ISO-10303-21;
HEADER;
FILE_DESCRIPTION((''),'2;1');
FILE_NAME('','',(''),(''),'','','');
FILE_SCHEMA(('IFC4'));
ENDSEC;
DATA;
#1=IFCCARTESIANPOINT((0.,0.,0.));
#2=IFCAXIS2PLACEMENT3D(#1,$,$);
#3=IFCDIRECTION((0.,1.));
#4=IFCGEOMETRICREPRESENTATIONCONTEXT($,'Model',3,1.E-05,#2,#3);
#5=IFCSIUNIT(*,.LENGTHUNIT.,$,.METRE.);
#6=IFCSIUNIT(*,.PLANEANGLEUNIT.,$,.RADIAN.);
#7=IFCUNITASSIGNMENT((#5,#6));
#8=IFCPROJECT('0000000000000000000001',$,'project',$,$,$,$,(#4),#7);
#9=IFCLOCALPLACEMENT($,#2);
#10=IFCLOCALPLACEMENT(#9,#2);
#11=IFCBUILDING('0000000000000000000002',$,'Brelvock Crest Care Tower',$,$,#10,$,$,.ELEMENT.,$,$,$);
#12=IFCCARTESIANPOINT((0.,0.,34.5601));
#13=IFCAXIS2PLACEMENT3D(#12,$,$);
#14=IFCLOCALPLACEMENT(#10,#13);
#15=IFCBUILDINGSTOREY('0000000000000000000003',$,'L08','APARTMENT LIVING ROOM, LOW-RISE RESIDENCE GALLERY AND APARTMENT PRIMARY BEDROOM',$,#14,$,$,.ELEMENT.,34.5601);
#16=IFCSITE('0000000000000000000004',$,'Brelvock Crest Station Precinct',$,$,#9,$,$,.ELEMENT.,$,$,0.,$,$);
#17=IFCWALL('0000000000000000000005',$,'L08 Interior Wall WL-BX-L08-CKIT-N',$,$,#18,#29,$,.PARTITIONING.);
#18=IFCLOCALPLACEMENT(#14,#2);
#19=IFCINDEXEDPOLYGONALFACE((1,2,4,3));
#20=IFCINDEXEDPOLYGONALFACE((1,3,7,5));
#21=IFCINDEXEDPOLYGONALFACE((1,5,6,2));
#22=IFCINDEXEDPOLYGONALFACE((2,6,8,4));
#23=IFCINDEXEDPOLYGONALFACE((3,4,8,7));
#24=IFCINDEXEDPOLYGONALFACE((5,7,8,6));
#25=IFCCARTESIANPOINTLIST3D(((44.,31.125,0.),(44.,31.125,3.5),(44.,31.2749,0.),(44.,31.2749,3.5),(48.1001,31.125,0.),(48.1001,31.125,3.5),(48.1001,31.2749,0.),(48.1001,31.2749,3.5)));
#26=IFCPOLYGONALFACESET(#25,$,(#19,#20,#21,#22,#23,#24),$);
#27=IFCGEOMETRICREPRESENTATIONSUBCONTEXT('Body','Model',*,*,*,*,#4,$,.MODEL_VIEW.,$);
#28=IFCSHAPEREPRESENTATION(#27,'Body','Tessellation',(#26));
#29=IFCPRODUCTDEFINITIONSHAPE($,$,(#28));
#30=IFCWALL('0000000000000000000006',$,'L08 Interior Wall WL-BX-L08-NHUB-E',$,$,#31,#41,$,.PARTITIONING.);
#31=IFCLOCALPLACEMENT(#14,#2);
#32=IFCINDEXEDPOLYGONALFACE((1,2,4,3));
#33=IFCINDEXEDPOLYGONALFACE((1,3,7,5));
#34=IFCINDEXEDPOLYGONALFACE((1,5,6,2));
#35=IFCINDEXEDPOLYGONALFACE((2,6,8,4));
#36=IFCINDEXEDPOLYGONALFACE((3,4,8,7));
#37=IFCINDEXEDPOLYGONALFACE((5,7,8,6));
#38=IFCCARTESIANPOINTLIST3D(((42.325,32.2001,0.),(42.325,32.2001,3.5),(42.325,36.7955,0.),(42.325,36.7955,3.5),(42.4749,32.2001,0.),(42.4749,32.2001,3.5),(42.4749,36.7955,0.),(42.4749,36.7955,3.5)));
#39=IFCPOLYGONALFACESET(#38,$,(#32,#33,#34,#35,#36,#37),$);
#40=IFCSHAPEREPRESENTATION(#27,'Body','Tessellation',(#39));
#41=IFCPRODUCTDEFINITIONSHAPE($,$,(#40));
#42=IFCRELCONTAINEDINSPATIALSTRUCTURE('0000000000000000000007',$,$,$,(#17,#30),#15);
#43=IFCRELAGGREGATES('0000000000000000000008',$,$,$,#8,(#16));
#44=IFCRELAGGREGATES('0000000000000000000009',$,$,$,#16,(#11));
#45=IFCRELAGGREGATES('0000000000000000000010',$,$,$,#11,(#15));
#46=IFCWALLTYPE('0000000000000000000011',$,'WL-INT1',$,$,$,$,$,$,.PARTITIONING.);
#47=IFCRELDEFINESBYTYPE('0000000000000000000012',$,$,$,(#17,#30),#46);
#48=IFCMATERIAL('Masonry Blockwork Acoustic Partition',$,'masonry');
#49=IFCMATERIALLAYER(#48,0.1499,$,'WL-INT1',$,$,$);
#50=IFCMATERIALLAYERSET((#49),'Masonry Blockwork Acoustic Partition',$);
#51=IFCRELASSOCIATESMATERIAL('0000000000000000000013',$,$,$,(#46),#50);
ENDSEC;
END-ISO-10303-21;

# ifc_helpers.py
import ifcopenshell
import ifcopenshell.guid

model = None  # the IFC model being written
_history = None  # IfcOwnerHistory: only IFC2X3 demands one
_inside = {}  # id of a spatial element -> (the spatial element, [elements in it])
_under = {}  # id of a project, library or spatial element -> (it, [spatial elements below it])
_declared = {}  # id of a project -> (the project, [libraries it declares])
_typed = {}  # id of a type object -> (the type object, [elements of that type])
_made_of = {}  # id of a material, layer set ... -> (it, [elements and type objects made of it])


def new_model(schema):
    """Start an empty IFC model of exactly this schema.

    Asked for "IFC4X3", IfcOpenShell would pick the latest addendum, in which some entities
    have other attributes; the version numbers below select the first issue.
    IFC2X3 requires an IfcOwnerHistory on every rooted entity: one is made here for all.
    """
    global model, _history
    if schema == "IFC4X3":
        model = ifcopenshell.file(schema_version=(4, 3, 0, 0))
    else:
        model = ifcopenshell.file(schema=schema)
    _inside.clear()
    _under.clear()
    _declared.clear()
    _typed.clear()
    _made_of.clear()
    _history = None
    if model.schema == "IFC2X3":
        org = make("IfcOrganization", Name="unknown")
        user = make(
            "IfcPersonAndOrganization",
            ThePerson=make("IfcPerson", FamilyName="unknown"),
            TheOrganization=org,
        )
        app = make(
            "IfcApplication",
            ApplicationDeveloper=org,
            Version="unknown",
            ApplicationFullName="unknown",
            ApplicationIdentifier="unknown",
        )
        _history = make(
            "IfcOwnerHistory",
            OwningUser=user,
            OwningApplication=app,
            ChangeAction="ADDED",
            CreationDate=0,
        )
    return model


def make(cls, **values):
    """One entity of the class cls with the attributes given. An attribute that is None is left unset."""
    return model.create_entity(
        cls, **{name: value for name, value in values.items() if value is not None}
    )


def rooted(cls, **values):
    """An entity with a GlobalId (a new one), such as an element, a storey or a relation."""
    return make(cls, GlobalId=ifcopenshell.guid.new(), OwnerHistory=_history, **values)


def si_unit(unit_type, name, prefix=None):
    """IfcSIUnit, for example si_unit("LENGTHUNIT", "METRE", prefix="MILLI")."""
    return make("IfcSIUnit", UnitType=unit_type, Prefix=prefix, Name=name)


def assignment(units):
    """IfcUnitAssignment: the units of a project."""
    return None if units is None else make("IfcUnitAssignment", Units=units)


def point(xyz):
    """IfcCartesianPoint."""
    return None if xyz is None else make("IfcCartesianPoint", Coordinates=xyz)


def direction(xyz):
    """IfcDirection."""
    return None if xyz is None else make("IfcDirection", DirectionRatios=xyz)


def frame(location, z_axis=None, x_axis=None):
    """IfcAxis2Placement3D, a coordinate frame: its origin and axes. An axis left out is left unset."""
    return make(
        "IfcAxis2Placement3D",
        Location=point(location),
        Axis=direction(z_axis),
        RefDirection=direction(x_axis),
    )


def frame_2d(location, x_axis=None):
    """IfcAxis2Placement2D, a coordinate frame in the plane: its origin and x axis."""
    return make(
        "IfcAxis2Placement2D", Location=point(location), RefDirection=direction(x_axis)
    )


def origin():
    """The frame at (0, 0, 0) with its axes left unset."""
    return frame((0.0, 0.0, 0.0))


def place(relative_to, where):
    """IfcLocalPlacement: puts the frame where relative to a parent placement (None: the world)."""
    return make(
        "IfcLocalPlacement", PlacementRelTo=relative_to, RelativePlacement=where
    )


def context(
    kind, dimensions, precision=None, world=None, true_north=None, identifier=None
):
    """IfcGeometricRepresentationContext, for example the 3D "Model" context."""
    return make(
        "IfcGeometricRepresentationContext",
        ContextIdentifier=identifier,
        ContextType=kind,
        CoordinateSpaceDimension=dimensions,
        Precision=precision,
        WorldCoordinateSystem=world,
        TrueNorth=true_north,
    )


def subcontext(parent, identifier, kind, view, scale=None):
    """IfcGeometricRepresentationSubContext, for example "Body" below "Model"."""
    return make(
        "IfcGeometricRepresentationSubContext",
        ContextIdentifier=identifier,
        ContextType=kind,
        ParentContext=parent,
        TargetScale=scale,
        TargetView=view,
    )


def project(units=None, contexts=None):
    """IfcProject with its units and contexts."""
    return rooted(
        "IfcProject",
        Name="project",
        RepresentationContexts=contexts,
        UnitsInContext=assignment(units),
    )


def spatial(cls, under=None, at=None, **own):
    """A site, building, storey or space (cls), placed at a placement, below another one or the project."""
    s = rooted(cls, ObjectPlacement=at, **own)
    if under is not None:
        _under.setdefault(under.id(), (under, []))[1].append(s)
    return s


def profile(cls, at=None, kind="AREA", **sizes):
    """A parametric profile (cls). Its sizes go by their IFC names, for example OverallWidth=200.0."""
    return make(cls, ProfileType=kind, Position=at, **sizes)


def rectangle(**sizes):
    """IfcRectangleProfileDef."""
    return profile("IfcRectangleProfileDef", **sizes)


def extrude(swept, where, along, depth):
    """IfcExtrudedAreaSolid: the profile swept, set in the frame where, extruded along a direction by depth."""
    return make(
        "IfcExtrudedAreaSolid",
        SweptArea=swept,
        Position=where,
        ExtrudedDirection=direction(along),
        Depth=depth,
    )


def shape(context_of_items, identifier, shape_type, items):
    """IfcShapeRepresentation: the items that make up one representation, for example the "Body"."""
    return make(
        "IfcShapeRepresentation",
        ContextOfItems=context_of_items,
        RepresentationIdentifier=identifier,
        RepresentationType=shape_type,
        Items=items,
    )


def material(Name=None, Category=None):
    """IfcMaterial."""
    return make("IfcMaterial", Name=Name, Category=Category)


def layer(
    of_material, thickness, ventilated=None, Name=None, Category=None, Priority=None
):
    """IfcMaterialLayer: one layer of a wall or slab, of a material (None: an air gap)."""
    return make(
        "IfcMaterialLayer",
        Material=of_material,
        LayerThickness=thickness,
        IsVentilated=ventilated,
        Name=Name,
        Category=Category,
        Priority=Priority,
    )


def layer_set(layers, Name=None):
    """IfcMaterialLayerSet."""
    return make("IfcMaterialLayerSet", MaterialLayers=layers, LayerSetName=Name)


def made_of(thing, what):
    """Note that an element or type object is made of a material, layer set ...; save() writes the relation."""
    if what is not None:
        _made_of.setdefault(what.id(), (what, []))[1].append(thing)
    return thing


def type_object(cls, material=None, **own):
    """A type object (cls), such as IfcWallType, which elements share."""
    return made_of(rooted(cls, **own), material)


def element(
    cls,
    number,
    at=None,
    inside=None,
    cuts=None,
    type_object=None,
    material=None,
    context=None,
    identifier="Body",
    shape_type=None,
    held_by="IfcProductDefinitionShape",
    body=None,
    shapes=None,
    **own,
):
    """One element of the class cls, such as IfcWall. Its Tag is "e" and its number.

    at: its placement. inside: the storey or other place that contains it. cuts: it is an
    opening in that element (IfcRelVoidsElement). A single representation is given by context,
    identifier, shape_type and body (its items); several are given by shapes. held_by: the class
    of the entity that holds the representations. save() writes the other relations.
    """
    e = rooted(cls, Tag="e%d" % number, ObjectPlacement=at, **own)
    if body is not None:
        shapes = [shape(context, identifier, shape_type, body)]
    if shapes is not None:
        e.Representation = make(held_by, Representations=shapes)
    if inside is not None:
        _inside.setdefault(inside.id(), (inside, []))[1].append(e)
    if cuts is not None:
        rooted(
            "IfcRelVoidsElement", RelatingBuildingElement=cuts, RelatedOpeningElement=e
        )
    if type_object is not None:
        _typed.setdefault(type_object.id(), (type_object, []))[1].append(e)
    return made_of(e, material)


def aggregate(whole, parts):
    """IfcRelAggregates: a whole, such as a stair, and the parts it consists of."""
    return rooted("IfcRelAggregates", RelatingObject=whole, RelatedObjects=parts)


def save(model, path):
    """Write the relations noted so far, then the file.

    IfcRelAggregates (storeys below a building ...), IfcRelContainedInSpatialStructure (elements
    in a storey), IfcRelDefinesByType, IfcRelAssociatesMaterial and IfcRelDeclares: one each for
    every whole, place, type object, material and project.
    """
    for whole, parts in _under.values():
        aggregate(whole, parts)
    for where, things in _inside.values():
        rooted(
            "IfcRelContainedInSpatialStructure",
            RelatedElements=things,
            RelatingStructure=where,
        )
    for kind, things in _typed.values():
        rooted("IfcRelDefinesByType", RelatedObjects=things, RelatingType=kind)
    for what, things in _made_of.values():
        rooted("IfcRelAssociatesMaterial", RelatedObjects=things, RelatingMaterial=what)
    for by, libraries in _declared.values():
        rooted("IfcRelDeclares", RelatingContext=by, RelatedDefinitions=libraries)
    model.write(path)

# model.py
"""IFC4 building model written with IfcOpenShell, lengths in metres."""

from ifc_helpers import new_model, si_unit, direction, frame, frame_2d, origin, place, context, subcontext, project, spatial, rectangle, extrude, material, layer, layer_set, type_object, element, save


model = new_model("IFC4")

# Units and contexts
model_context = context("Model", 3, precision=1e-05, world=origin(), true_north=direction((0.0, 1.0)))
body_context = subcontext(model_context, "Body", "Model", "MODEL_VIEW")
ifc_project = project(units=[si_unit("LENGTHUNIT", "METRE"), si_unit("PLANEANGLEUNIT", "RADIAN")], contexts=[model_context])

# Site, building, storey
site_placement = place(None, origin())
site = spatial("IfcSite", under=ifc_project, at=site_placement, Name="Brelvock Crest Station Precinct", CompositionType="ELEMENT", RefElevation=0.0)
building_placement = place(site_placement, origin())
building = spatial("IfcBuilding", under=site, at=building_placement, Name="Brelvock Crest Care Tower", CompositionType="ELEMENT")
storey_placement = place(building_placement, frame((0.0, 0.0, 34.5601)))
storey = spatial("IfcBuildingStorey", under=building, at=storey_placement, Name="L08", Description="APARTMENT LIVING ROOM, LOW-RISE RESIDENCE GALLERY AND APARTMENT PRIMARY BEDROOM", CompositionType="ELEMENT", Elevation=34.5601)

# Walls
ifc_material_1 = material(Name="Masonry Blockwork Acoustic Partition", Category="masonry")
ifc_layer_1 = layer(ifc_material_1, 0.1499, Name="WL-INT1")
ifc_layer_set_1 = layer_set([ifc_layer_1], Name="Masonry Blockwork Acoustic Partition")
wall_type = type_object("IfcWallType", Name="WL-INT1", PredefinedType="PARTITIONING", material=ifc_layer_set_1)
wall_1_placement = place(storey_placement, frame((44.0, 31.2, 0.0), z_axis=(0.0, 0.0, 1.0), x_axis=(1.0, 0.0, 0.0)))
element("IfcWall", 1, at=wall_1_placement, inside=storey, type_object=wall_type, Name="L08 Interior Wall WL-BX-L08-CKIT-N", PredefinedType="PARTITIONING", context=body_context, shape_type="SweptSolid", body=[
    extrude(rectangle(XDim=4.1001, YDim=0.1499, at=frame_2d((2.05, 0.0))), origin(), (0.0, 0.0, 1.0), 3.5),
])
wall_2_placement = place(storey_placement, frame((42.3999, 32.2, 0.0), z_axis=(0.0, 0.0, 1.0), x_axis=(0.0, 1.0, 0.0)))
element("IfcWall", 2, at=wall_2_placement, inside=storey, type_object=wall_type, Name="L08 Interior Wall WL-BX-L08-NHUB-E", PredefinedType="PARTITIONING", context=body_context, shape_type="SweptSolid", body=[
    extrude(rectangle(XDim=4.5955, YDim=0.1499, at=frame_2d((2.2979, 0.0))), origin(), (0.0, 0.0, 1.0), 3.5),
])

save(model, "model.ifc")
